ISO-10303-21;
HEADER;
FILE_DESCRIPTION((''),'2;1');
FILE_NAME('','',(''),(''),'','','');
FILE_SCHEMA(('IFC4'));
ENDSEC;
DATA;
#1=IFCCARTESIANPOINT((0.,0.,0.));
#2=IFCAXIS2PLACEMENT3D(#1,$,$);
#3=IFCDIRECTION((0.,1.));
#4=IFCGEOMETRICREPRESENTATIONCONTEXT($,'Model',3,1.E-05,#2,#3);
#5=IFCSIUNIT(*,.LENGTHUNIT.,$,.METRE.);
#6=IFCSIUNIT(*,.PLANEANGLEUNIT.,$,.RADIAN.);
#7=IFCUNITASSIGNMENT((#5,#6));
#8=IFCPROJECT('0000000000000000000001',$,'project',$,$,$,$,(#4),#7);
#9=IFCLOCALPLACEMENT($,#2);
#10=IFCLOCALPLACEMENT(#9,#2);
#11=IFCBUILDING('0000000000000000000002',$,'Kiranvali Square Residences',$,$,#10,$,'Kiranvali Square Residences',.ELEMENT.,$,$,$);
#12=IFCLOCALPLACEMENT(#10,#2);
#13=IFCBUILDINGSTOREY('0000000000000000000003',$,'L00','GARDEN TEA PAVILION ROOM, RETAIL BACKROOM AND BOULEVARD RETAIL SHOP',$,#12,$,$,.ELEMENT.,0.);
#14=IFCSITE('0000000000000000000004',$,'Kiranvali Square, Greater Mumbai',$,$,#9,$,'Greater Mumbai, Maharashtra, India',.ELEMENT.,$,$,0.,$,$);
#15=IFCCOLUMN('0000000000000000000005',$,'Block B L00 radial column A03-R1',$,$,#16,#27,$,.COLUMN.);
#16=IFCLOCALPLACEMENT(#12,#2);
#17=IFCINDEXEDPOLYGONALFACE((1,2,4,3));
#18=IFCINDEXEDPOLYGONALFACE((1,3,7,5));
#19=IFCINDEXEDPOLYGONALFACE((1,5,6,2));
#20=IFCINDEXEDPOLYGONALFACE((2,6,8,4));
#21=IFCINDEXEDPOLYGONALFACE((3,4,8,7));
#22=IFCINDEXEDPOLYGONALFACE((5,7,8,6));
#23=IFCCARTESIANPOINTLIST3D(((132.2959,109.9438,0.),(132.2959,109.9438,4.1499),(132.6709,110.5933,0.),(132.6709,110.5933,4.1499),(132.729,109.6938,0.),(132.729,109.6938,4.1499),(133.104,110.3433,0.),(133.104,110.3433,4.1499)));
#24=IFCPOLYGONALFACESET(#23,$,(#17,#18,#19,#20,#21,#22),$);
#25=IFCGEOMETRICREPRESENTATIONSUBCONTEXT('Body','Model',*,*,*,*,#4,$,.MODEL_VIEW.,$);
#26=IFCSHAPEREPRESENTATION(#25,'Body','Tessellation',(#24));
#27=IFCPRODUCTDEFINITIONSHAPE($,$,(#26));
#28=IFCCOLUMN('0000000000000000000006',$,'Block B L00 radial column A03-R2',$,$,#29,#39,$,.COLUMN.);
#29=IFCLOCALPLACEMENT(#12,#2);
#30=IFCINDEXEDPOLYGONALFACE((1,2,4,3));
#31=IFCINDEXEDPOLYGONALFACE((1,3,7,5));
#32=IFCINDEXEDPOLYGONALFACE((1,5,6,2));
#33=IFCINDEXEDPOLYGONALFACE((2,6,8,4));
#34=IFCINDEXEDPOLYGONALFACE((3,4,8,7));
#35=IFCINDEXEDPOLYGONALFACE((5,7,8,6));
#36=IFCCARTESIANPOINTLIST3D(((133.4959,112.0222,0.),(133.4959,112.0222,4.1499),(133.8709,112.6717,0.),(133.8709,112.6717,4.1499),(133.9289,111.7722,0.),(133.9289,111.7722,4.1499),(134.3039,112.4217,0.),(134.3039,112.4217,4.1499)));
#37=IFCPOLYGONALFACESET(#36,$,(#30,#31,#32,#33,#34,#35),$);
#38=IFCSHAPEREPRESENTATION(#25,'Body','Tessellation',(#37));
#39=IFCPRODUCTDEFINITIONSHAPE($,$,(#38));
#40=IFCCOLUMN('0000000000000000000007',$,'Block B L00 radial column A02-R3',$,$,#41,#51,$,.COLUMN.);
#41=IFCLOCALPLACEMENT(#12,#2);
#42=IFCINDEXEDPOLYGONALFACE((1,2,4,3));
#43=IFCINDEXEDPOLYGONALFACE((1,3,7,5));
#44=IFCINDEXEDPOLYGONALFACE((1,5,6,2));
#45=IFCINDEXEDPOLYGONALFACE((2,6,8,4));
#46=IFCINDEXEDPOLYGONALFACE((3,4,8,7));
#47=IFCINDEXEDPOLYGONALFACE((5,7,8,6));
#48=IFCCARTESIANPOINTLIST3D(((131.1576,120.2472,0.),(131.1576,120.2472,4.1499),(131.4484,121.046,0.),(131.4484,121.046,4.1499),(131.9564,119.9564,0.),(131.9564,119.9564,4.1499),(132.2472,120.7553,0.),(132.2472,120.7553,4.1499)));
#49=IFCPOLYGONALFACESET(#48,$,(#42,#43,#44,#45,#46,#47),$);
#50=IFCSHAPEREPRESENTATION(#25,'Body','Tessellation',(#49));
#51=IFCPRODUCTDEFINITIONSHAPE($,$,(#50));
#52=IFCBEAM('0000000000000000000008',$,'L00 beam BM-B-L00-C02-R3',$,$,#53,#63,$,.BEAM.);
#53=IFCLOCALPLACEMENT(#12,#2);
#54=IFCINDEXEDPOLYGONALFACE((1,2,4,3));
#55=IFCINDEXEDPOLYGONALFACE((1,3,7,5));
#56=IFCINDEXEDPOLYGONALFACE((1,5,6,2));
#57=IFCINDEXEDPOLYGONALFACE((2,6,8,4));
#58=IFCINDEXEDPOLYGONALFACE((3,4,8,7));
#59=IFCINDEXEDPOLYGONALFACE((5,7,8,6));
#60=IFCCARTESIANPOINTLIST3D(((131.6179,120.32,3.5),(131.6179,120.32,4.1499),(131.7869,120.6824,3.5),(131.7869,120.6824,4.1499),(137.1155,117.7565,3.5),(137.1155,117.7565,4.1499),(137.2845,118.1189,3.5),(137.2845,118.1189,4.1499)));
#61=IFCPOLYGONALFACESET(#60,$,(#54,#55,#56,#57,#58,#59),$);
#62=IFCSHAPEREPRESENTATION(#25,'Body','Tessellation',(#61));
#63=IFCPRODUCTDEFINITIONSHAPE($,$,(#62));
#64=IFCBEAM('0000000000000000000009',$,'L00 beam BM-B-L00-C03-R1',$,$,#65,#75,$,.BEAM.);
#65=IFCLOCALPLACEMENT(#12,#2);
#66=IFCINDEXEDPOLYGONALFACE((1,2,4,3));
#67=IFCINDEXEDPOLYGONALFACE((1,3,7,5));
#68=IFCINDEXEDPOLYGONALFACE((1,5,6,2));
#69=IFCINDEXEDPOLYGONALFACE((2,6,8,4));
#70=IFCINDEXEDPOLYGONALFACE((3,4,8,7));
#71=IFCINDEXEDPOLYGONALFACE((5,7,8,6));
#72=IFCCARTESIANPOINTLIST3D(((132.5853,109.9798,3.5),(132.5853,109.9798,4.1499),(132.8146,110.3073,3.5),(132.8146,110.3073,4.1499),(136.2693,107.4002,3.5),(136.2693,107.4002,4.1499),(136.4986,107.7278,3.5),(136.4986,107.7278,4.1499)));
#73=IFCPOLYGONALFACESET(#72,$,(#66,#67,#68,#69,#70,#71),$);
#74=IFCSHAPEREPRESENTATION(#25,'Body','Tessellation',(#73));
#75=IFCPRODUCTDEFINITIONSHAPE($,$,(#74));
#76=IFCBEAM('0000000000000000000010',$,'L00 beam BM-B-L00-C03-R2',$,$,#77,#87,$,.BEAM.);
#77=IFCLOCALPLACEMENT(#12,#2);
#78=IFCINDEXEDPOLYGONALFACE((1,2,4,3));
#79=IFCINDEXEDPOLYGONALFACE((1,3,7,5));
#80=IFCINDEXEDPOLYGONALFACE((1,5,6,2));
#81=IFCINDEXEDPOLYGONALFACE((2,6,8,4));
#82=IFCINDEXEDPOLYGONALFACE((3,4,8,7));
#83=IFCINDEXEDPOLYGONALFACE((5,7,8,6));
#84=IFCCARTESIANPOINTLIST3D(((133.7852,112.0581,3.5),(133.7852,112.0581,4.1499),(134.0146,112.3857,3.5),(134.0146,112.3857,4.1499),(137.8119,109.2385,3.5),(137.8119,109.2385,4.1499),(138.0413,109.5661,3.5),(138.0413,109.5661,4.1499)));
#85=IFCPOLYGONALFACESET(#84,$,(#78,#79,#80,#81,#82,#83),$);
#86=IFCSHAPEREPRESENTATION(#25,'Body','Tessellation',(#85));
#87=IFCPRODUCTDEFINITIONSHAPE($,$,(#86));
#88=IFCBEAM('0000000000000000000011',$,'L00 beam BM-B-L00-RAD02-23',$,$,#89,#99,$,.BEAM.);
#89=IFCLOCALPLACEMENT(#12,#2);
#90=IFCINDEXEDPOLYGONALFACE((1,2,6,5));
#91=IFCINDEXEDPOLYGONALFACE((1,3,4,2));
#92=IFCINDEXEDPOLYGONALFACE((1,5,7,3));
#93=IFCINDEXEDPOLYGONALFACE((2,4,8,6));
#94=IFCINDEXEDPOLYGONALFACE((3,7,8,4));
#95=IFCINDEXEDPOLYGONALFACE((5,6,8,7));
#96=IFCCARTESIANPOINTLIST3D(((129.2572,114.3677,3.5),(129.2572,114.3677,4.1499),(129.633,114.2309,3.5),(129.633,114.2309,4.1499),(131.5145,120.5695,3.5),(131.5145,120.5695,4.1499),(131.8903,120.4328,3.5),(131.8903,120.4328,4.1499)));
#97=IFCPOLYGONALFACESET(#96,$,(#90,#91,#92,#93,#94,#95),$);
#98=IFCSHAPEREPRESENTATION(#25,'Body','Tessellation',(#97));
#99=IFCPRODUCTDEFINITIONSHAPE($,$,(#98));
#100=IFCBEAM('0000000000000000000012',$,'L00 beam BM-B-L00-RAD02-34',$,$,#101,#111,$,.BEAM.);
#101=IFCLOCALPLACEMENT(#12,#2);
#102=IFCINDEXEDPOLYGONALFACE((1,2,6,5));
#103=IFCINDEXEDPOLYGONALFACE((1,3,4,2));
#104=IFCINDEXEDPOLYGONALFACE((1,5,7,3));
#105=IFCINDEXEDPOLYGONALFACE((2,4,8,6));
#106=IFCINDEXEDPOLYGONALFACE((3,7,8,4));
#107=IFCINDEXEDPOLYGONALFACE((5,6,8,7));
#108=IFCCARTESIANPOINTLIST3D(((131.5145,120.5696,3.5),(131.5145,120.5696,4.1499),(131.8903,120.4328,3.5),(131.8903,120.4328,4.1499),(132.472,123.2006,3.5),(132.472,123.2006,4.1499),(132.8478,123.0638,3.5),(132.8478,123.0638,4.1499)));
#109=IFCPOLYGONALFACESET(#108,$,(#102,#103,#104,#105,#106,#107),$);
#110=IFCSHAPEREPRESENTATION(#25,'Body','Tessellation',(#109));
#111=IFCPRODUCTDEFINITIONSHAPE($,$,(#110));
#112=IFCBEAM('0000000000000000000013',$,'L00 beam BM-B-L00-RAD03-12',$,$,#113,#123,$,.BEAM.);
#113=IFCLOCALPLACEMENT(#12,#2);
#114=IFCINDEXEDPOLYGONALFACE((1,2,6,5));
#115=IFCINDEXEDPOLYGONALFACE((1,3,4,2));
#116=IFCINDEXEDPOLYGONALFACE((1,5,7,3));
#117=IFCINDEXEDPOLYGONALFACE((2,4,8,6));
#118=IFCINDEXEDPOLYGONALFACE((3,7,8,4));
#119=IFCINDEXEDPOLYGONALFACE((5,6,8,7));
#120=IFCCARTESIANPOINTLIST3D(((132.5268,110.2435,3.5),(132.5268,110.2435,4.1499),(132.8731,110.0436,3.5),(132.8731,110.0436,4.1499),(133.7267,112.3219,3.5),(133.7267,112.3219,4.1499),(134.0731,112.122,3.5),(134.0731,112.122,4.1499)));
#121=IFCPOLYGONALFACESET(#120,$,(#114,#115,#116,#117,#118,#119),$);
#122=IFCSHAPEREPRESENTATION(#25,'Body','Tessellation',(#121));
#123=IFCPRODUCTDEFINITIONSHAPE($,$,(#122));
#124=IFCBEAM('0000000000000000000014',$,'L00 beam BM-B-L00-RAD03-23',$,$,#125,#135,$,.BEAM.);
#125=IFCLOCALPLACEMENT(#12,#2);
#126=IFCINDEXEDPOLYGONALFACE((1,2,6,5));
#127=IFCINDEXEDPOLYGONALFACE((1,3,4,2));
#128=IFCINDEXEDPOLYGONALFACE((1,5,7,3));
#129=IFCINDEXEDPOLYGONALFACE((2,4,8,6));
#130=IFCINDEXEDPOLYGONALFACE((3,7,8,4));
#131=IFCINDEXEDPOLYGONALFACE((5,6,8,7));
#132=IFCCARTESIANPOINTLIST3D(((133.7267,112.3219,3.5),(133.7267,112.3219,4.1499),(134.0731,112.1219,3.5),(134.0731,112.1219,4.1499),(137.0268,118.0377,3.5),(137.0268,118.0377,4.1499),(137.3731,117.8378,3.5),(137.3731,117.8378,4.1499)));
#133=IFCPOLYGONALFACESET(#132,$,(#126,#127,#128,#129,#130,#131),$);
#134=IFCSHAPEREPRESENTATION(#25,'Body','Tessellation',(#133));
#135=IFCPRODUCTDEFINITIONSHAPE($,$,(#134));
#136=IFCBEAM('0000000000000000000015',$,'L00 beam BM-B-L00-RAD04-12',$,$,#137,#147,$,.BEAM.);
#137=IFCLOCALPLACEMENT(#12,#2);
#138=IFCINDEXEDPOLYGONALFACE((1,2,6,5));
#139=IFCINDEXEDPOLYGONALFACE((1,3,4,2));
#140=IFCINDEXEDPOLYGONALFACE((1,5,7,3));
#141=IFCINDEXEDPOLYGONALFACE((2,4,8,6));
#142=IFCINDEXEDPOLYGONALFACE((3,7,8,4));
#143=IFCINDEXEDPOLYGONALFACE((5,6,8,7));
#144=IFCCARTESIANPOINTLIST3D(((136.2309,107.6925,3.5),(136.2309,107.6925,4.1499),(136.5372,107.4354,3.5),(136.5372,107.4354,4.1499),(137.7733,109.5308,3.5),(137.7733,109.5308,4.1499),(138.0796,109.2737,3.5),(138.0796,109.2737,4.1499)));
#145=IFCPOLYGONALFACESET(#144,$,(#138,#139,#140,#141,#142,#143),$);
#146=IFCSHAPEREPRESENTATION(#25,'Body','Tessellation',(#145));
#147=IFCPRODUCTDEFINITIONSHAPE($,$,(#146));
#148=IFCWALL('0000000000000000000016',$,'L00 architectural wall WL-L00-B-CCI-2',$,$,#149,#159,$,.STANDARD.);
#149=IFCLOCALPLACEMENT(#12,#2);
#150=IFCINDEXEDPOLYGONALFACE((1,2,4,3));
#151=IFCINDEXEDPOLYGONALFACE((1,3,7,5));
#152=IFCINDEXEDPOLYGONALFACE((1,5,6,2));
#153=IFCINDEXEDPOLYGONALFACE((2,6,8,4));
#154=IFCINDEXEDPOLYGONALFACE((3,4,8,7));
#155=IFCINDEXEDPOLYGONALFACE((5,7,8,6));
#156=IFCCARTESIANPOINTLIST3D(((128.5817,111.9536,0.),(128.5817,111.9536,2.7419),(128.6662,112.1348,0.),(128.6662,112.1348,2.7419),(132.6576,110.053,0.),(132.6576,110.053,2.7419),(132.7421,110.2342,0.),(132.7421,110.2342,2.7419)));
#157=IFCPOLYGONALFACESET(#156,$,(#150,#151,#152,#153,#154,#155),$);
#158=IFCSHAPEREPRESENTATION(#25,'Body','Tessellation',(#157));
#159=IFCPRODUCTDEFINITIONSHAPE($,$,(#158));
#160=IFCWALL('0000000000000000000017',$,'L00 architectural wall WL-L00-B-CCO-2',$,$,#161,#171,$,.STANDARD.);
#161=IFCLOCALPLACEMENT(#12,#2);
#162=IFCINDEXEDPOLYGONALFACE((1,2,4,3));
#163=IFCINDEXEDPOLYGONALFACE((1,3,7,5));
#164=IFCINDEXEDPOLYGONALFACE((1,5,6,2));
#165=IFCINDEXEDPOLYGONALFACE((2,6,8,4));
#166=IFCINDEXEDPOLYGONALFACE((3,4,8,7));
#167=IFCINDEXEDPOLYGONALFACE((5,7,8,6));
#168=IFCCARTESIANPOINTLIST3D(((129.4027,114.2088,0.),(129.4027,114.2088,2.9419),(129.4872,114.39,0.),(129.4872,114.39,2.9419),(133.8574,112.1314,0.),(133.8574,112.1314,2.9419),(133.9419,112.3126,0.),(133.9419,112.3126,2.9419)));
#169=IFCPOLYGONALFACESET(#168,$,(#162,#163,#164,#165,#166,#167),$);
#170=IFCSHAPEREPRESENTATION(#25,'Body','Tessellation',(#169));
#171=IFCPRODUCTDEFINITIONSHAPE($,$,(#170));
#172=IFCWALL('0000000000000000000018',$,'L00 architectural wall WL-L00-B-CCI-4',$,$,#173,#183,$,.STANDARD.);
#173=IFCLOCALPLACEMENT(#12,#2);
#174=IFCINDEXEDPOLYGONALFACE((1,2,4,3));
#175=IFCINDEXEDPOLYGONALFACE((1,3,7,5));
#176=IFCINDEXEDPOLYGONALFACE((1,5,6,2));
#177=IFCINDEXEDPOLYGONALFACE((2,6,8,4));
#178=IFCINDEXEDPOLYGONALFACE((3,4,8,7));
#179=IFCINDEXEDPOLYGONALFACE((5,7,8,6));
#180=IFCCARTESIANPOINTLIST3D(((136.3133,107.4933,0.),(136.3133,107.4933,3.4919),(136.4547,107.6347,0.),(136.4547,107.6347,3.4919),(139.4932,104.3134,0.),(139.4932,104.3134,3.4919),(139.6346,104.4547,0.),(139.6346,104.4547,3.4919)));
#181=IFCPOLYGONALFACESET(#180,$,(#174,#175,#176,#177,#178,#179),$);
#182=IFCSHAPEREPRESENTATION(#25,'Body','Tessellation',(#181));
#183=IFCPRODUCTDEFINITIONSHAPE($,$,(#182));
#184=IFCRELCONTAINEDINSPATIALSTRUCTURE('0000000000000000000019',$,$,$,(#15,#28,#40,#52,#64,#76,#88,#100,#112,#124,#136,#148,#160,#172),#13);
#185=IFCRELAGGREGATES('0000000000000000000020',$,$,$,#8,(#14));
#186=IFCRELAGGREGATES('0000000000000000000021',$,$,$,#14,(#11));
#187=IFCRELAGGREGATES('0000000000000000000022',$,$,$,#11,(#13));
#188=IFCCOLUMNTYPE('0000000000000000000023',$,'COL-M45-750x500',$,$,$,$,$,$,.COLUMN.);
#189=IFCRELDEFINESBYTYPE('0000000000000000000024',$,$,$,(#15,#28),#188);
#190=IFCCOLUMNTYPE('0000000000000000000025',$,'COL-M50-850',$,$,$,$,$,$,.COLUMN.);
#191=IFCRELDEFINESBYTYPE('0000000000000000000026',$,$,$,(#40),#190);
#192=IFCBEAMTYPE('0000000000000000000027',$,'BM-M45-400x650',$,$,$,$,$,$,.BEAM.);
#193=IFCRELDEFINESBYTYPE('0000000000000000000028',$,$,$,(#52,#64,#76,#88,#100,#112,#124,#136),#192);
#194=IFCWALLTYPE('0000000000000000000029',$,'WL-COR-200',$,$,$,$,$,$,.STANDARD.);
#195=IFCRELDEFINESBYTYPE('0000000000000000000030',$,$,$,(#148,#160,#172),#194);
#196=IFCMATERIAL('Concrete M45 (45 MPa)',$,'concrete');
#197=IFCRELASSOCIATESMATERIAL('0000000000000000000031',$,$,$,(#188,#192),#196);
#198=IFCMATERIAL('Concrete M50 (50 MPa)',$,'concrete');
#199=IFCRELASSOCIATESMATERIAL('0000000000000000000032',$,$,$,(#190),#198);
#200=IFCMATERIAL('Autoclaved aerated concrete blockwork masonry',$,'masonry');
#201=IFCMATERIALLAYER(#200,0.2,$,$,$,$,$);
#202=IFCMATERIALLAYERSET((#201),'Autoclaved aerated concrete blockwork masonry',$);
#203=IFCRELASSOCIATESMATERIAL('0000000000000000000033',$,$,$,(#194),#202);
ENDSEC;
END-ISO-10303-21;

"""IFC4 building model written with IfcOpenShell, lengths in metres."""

from ifc_helpers import new_model, si_unit, direction, frame, frame_2d, origin, origin_2d, place, context, subcontext, project, spatial, rectangle, extrude, material, layer, layer_set, material_profile, profile_set, type_object, element, save


model = new_model("IFC4")

# Units and contexts
model_context = context("Model", 3, precision=1e-05, world=origin(), true_north=direction((0.0, 1.0)))
body_context = subcontext(model_context, "Body", "Model", "MODEL_VIEW")
ifc_project = project(units=[si_unit("LENGTHUNIT", "METRE"), si_unit("PLANEANGLEUNIT", "RADIAN")], contexts=[model_context])

# Site, building, storey
site_placement = place(None, origin())
site = spatial("IfcSite", under=ifc_project, at=site_placement, Name="Kiranvali Square, Greater Mumbai", LongName="Greater Mumbai, Maharashtra, India", CompositionType="ELEMENT", RefElevation=0.0)
building_placement = place(site_placement, origin())
building = spatial("IfcBuilding", under=site, at=building_placement, Name="Kiranvali Square Residences", LongName="Kiranvali Square Residences", CompositionType="ELEMENT")
storey_placement = place(building_placement, origin())
storey = spatial("IfcBuildingStorey", under=building, at=storey_placement, Name="L00", Description="GARDEN TEA PAVILION ROOM, RETAIL BACKROOM AND BOULEVARD RETAIL SHOP", CompositionType="ELEMENT", Elevation=0.0)

# Columns
ifc_material_1 = material(Name="Concrete M45 (45 MPa)", Category="concrete")
ifc_material_profile_1 = material_profile(ifc_material_1, rectangle(XDim=0.5, YDim=0.75, at=origin_2d()), Name="RC 750x500")
ifc_profile_set_1 = profile_set([ifc_material_profile_1], Name="Concrete M45 (45 MPa)")
column_type_1 = type_object("IfcColumnType", Name="COL-M45-750x500", PredefinedType="COLUMN", material=ifc_profile_set_1)
for number, where, z_axis, x_axis, name in (
    (1, (132.7, 110.1436, 0.0), (0.0, 0.0, 1.0), (-0.866025, 0.5, 0.0), "Block B L00 radial column A03-R1"),
    (2, (133.8999, 112.2219, 0.0), (0.0, 0.0, 1.0), (-0.866025, 0.5, 0.0), "Block B L00 radial column A03-R2"),
):
    element("IfcColumn", number, at=place(storey_placement, frame(where, z_axis=z_axis, x_axis=x_axis)), inside=storey, type_object=column_type_1, Name=name, PredefinedType="COLUMN", context=body_context, shape_type="SweptSolid", body=[
        extrude(rectangle(XDim=0.5, YDim=0.75, at=origin_2d()), origin(), (0.0, 0.0, 1.0), 4.1499),
    ])
ifc_material_2 = material(Name="Concrete M50 (50 MPa)", Category="concrete")
ifc_material_profile_2 = material_profile(ifc_material_2, rectangle(XDim=0.8501, YDim=0.8501, at=origin_2d()), Name="RC 850x850")
ifc_profile_set_2 = profile_set([ifc_material_profile_2], Name="Concrete M50 (50 MPa)")
column_type_2 = type_object("IfcColumnType", Name="COL-M50-850", PredefinedType="COLUMN", material=ifc_profile_set_2)
column_placement = place(storey_placement, frame((131.7024, 120.5012, 0.0), z_axis=(0.0, 0.0, 1.0), x_axis=(-0.939693, 0.34202, 0.0)))
element("IfcColumn", 3, at=column_placement, inside=storey, type_object=column_type_2, Name="Block B L00 radial column A02-R3", PredefinedType="COLUMN", context=body_context, shape_type="SweptSolid", body=[
    extrude(rectangle(XDim=0.8501, YDim=0.8501, at=origin_2d()), origin(), (0.0, 0.0, 1.0), 4.1499),
])

# Beams
ifc_material_profile_3 = material_profile(ifc_material_1, rectangle(XDim=0.3999, YDim=0.6499, at=origin_2d()), Name="RC 400x650")
ifc_profile_set_3 = profile_set([ifc_material_profile_3], Name="Concrete M45 (45 MPa)")
beam_type = type_object("IfcBeamType", Name="BM-M45-400x650", PredefinedType="BEAM", material=ifc_profile_set_3)
beam_1_placement = place(storey_placement, frame((131.7024, 120.5012, 3.825), z_axis=(0.906313, -0.422608, 0.0), x_axis=(0.422608, 0.906313, 0.0)))
element("IfcBeam", 4, at=beam_1_placement, inside=storey, type_object=beam_type, Name="L00 beam BM-B-L00-C02-R3", PredefinedType="BEAM", context=body_context, shape_type="SweptSolid", body=[
    extrude(rectangle(XDim=0.3999, YDim=0.6499, at=origin_2d()), origin(), (0.0, 0.0, 1.0), 6.0659),
])
beam_2_placement = place(storey_placement, frame((132.7, 110.1436, 3.825), z_axis=(0.819155, -0.573572, 0.0), x_axis=(0.573572, 0.819155, 0.0)))
element("IfcBeam", 5, at=beam_2_placement, inside=storey, type_object=beam_type, Name="L00 beam BM-B-L00-C03-R1", PredefinedType="BEAM", context=body_context, shape_type="SweptSolid", body=[
    extrude(rectangle(XDim=0.3999, YDim=0.6499, at=origin_2d()), origin(), (0.0, 0.0, 1.0), 4.4973),
])
beam_3_placement = place(storey_placement, frame((133.8999, 112.2219, 3.825), z_axis=(0.819141, -0.573592, 0.0), x_axis=(0.573592, 0.819141, 0.0)))
element("IfcBeam", 6, at=beam_3_placement, inside=storey, type_object=beam_type, Name="L00 beam BM-B-L00-C03-R2", PredefinedType="BEAM", context=body_context, shape_type="SweptSolid", body=[
    extrude(rectangle(XDim=0.3999, YDim=0.6499, at=origin_2d()), origin(), (0.0, 0.0, 1.0), 4.9158),
])
beam_4_placement = place(storey_placement, frame((129.4451, 114.2993, 3.825), z_axis=(0.342022, 0.939692, 0.0), x_axis=(-0.939692, 0.342022, 0.0)))
element("IfcBeam", 7, at=beam_4_placement, inside=storey, type_object=beam_type, Name="L00 beam BM-B-L00-RAD02-23", PredefinedType="BEAM", context=body_context, shape_type="SweptSolid", body=[
    extrude(rectangle(XDim=0.3999, YDim=0.6499, at=origin_2d()), origin(), (0.0, 0.0, 1.0), 6.5999),
])
beam_5_placement = place(storey_placement, frame((131.7024, 120.5012, 3.825), z_axis=(0.341981, 0.939707, 0.0), x_axis=(-0.939707, 0.341981, 0.0)))
element("IfcBeam", 8, at=beam_5_placement, inside=storey, type_object=beam_type, Name="L00 beam BM-B-L00-RAD02-34", PredefinedType="BEAM", context=body_context, shape_type="SweptSolid", body=[
    extrude(rectangle(XDim=0.3999, YDim=0.6499, at=origin_2d()), origin(), (0.0, 0.0, 1.0), 2.7998),
])
beam_6_placement = place(storey_placement, frame((132.7, 110.1436, 3.825), z_axis=(0.500001, 0.866025, 0.0), x_axis=(-0.866025, 0.500001, 0.0)))
element("IfcBeam", 9, at=beam_6_placement, inside=storey, type_object=beam_type, Name="L00 beam BM-B-L00-RAD03-12", PredefinedType="BEAM", context=body_context, shape_type="SweptSolid", body=[
    extrude(rectangle(XDim=0.3999, YDim=0.6499, at=origin_2d()), origin(), (0.0, 0.0, 1.0), 2.3999),
])
beam_7_placement = place(storey_placement, frame((133.8999, 112.2219, 3.825), z_axis=(0.500002, 0.866024, 0.0), x_axis=(-0.866024, 0.500002, 0.0)))
element("IfcBeam", 10, at=beam_7_placement, inside=storey, type_object=beam_type, Name="L00 beam BM-B-L00-RAD03-23", PredefinedType="BEAM", context=body_context, shape_type="SweptSolid", body=[
    extrude(rectangle(XDim=0.3999, YDim=0.6499, at=origin_2d()), origin(), (0.0, 0.0, 1.0), 6.6001),
])
beam_8_placement = place(storey_placement, frame((136.384, 107.564, 3.825), z_axis=(0.642763, 0.766065, 0.0), x_axis=(-0.766065, 0.642763, 0.0)))
element("IfcBeam", 11, at=beam_8_placement, inside=storey, type_object=beam_type, Name="L00 beam BM-B-L00-RAD04-12", PredefinedType="BEAM", context=body_context, shape_type="SweptSolid", body=[
    extrude(rectangle(XDim=0.3999, YDim=0.6499, at=origin_2d()), origin(), (0.0, 0.0, 1.0), 2.3997),
])

# Walls
ifc_material_3 = material(Name="Autoclaved aerated concrete blockwork masonry", Category="masonry")
ifc_layer_1 = layer(ifc_material_3, 0.2)
ifc_layer_set_1 = layer_set([ifc_layer_1], Name="Autoclaved aerated concrete blockwork masonry")
wall_type_1 = type_object("IfcWallType", Name="WL-COR-200", PredefinedType="STANDARD", material=ifc_layer_set_1)
wall_1_placement = place(storey_placement, frame((128.624, 112.0442, 0.0), z_axis=(0.0, 0.0, 1.0), x_axis=(0.906308, -0.422618, 0.0)))
element("IfcWall", 12, at=wall_1_placement, inside=storey, type_object=wall_type_1, Name="L00 architectural wall WL-L00-B-CCI-2", PredefinedType="STANDARD", context=body_context, shape_type="SweptSolid", body=[
    extrude(rectangle(XDim=4.4973, YDim=0.2, at=frame_2d((2.2485, 0.0))), origin(), (0.0, 0.0, 1.0), 2.7419),
])
wall_2_placement = place(storey_placement, frame((129.4451, 114.2993, 0.0), z_axis=(0.0, 0.0, 1.0), x_axis=(0.906302, -0.42263, 0.0)))
element("IfcWall", 13, at=wall_2_placement, inside=storey, type_object=wall_type_1, Name="L00 architectural wall WL-L00-B-CCO-2", PredefinedType="STANDARD", context=body_context, shape_type="SweptSolid", body=[
    extrude(rectangle(XDim=4.9153, YDim=0.2, at=frame_2d((2.4575, 0.0))), origin(), (0.0, 0.0, 1.0), 2.9419),
])

# Wall
wall_3_placement = place(storey_placement, frame((136.384, 107.564, 0.0), z_axis=(0.0, 0.0, 1.0), x_axis=(0.707107, -0.707107, 0.0)))
element("IfcWall", 14, at=wall_3_placement, inside=storey, type_object=wall_type_1, Name="L00 architectural wall WL-L00-B-CCI-4", PredefinedType="STANDARD", context=body_context, shape_type="SweptSolid", body=[
    extrude(rectangle(XDim=4.4971, YDim=0.2, at=frame_2d((2.2485, 0.0))), origin(), (0.0, 0.0, 1.0), 3.4919),
])

save(model, "model.ifc")
